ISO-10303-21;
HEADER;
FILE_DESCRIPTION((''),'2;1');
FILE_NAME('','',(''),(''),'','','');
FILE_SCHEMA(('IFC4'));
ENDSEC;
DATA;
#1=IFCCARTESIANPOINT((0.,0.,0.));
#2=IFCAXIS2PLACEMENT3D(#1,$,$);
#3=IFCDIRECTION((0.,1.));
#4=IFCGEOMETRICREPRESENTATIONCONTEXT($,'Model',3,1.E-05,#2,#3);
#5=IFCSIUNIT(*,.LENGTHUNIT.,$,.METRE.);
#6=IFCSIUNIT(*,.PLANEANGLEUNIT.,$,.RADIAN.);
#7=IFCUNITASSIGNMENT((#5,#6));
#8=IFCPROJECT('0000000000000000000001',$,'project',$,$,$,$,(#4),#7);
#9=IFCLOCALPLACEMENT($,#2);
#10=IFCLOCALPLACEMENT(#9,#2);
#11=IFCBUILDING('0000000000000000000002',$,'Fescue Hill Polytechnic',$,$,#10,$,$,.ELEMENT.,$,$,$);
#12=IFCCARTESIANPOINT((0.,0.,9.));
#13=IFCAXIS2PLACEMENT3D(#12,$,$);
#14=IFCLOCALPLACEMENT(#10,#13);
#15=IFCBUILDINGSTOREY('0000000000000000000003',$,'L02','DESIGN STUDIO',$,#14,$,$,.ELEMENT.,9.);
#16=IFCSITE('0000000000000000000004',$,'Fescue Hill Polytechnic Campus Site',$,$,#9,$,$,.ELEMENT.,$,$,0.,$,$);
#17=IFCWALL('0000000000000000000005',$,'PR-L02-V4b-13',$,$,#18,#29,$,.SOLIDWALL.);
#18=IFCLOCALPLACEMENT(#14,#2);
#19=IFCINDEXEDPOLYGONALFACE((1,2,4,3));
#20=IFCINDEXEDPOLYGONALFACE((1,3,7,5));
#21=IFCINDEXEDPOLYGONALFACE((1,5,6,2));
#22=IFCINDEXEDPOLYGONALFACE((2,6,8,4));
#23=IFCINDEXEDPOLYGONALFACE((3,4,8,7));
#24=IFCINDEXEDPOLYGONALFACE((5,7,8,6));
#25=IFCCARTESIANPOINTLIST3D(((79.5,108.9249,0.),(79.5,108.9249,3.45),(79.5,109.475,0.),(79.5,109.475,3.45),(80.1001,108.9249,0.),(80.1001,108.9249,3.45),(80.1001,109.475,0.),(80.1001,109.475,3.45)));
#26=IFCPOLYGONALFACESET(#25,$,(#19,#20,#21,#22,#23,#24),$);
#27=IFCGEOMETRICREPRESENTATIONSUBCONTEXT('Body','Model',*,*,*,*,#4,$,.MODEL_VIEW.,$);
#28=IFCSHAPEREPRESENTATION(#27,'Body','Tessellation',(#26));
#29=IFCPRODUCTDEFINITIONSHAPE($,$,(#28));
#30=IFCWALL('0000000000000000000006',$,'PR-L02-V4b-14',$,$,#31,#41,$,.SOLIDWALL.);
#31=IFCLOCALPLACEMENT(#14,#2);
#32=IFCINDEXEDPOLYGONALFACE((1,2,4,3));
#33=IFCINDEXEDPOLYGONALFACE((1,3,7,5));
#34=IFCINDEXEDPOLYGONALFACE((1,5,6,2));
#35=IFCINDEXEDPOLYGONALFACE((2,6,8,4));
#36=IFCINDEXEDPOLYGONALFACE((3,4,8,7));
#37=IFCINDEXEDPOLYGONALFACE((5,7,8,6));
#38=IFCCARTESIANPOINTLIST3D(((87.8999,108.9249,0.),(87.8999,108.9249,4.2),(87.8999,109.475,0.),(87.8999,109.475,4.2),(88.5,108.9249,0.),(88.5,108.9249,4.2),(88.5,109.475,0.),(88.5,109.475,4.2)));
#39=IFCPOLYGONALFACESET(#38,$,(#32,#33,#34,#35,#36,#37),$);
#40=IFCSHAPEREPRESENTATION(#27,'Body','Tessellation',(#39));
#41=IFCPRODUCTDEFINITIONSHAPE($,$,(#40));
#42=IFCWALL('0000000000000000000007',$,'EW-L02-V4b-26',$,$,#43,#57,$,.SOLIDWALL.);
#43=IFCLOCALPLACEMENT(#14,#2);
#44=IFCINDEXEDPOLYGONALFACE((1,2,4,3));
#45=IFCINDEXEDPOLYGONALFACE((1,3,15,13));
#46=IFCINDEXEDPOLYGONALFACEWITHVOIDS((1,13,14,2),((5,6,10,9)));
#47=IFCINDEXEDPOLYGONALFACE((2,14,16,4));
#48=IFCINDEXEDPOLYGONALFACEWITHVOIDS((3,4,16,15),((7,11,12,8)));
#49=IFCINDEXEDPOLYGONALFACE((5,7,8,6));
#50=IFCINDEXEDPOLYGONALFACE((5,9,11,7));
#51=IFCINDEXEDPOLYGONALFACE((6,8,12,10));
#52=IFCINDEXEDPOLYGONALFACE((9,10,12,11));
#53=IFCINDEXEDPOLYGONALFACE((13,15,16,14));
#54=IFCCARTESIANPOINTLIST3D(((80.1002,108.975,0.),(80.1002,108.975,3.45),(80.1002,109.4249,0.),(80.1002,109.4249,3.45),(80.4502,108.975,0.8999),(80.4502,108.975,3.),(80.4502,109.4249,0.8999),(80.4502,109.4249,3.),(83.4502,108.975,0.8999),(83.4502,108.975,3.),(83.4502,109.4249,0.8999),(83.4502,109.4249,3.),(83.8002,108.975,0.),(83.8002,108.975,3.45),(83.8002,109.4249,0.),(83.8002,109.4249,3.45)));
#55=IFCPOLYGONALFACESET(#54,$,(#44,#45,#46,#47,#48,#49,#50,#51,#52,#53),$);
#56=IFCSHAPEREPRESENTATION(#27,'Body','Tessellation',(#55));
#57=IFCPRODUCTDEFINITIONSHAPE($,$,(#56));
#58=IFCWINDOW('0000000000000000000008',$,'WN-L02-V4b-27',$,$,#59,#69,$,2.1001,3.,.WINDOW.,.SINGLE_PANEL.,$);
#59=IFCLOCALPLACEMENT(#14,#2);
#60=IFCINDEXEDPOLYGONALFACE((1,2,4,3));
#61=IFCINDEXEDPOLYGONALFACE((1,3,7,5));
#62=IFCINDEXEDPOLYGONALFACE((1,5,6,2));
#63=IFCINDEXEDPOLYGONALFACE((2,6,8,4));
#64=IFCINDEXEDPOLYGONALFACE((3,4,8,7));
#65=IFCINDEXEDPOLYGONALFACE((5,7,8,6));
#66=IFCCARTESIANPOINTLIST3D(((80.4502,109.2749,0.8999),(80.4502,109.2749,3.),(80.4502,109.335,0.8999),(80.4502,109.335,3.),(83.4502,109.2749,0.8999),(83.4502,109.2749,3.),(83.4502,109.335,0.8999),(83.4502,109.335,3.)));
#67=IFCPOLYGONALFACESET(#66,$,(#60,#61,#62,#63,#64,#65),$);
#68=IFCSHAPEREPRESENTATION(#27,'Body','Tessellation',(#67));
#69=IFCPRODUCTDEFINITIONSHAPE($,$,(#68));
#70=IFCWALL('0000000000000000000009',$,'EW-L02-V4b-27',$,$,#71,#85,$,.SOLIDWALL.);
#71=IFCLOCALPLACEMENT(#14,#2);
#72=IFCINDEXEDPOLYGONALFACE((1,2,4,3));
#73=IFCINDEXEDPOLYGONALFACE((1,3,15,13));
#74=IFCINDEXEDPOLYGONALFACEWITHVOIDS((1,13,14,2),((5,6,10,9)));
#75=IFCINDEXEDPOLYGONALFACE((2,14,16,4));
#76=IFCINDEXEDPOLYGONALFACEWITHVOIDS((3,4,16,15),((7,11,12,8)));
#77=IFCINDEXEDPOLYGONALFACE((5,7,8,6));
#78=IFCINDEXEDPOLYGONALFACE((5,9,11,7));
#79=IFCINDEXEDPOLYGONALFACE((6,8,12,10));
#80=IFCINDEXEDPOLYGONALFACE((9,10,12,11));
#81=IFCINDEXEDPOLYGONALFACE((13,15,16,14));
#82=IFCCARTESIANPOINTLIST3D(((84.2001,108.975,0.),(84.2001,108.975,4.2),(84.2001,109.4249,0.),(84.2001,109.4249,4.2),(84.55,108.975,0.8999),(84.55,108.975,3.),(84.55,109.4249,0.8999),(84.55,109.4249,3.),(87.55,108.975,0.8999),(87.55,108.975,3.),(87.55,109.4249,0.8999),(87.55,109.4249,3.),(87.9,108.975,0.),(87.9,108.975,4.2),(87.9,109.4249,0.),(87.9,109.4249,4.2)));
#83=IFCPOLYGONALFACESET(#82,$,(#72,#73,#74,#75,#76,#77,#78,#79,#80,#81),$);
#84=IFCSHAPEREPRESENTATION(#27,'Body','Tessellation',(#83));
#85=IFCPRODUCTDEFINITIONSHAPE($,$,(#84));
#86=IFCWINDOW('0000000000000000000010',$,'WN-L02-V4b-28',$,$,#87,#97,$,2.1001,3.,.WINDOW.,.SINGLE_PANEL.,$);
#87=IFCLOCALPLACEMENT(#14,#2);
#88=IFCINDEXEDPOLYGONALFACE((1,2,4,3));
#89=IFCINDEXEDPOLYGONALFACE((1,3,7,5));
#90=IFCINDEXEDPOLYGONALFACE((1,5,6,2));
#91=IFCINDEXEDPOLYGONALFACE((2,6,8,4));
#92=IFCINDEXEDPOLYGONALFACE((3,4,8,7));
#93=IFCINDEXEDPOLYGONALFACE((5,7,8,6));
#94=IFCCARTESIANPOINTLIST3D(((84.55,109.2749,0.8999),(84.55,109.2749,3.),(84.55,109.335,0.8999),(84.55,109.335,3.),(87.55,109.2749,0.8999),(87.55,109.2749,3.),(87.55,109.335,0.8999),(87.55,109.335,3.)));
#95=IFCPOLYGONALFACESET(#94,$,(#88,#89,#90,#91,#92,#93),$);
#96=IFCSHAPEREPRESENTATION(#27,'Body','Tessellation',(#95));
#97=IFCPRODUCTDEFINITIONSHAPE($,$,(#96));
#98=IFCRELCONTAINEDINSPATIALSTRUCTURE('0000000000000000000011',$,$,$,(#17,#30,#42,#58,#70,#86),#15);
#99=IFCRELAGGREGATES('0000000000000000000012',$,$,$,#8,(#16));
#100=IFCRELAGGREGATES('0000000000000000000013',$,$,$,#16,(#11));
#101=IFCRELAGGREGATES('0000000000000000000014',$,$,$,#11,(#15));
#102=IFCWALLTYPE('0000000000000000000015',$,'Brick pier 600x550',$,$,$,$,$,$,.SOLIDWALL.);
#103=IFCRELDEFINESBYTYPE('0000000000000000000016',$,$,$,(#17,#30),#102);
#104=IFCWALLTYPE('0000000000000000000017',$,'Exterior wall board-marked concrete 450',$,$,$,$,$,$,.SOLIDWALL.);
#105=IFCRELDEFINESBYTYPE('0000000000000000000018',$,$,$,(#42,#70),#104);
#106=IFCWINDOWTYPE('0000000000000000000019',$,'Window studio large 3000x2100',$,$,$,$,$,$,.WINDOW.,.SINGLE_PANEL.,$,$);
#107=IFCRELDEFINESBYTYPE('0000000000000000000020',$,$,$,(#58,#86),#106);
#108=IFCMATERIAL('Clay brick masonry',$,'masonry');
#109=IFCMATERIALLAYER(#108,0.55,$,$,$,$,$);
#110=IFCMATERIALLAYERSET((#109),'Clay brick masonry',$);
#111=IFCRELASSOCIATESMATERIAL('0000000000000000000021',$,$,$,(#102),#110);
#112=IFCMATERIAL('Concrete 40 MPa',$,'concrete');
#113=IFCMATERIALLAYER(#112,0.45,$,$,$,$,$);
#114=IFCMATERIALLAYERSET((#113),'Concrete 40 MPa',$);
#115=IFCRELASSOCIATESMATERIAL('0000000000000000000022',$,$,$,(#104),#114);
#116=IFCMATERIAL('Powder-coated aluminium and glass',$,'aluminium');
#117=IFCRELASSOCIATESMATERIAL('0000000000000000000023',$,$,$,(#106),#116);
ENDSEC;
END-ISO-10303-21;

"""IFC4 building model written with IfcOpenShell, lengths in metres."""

from ifc_helpers import new_model, si_unit, direction, frame, frame_2d, origin, place, context, subcontext, project, spatial, rectangle, extrude, material, layer, layer_set, type_object, element, fill, save


model = new_model("IFC4")

# Units and contexts
model_context = context("Model", 3, precision=1e-05, world=origin(), true_north=direction((0.0, 1.0)))
body_context = subcontext(model_context, "Body", "Model", "MODEL_VIEW")
ifc_project = project(units=[si_unit("LENGTHUNIT", "METRE"), si_unit("PLANEANGLEUNIT", "RADIAN")], contexts=[model_context])

# Site, building, storey
site_placement = place(None, origin())
site = spatial("IfcSite", under=ifc_project, at=site_placement, Name="Fescue Hill Polytechnic Campus Site", CompositionType="ELEMENT", RefElevation=0.0)
building_placement = place(site_placement, origin())
building = spatial("IfcBuilding", under=site, at=building_placement, Name="Fescue Hill Polytechnic", CompositionType="ELEMENT")
storey_placement = place(building_placement, frame((0.0, 0.0, 9.0)))
storey = spatial("IfcBuildingStorey", under=building, at=storey_placement, Name="L02", Description="DESIGN STUDIO", CompositionType="ELEMENT", Elevation=9.0)

# Shared definitions
ifc_material_1 = material(Name="Concrete 40 MPa", Category="concrete")

# Walls
ifc_material_2 = material(Name="Clay brick masonry", Category="masonry")
ifc_layer_1 = layer(ifc_material_2, 0.55)
ifc_layer_set_1 = layer_set([ifc_layer_1], Name="Clay brick masonry")
wall_type_1 = type_object("IfcWallType", Name="Brick pier 600x550", PredefinedType="SOLIDWALL", material=ifc_layer_set_1)
wall_1_placement = place(storey_placement, frame((79.5, 109.2, 0.0), z_axis=(0.0, 0.0, 1.0), x_axis=(1.0, 0.0, 0.0)))
element("IfcWall", 1, at=wall_1_placement, inside=storey, type_object=wall_type_1, Name="PR-L02-V4b-13", PredefinedType="SOLIDWALL", context=body_context, shape_type="SweptSolid", body=[
    extrude(rectangle(XDim=0.6001, YDim=0.55, at=frame_2d((0.3, 0.0))), origin(), (0.0, 0.0, 1.0), 3.45),
])
wall_2_placement = place(storey_placement, frame((87.8999, 109.2, 0.0), z_axis=(0.0, 0.0, 1.0), x_axis=(1.0, 0.0, 0.0)))
element("IfcWall", 2, at=wall_2_placement, inside=storey, type_object=wall_type_1, Name="PR-L02-V4b-14", PredefinedType="SOLIDWALL", context=body_context, shape_type="SweptSolid", body=[
    extrude(rectangle(XDim=0.6001, YDim=0.55, at=frame_2d((0.3, 0.0))), origin(), (0.0, 0.0, 1.0), 4.2),
])

# Walls, openings, windows
ifc_layer_2 = layer(ifc_material_1, 0.45)
ifc_layer_set_2 = layer_set([ifc_layer_2], Name="Concrete 40 MPa")
wall_type_2 = type_object("IfcWallType", Name="Exterior wall board-marked concrete 450", PredefinedType="SOLIDWALL", material=ifc_layer_set_2)
wall_3_placement = place(storey_placement, frame((80.1001, 109.2, 0.0), z_axis=(0.0, 0.0, 1.0), x_axis=(1.0, 0.0, 0.0)))
wall_3 = element("IfcWall", 3, at=wall_3_placement, inside=storey, type_object=wall_type_2, Name="EW-L02-V4b-26", PredefinedType="SOLIDWALL", context=body_context, shape_type="SweptSolid", body=[
    extrude(rectangle(XDim=3.7, YDim=0.45, at=frame_2d((1.8501, 0.0))), origin(), (0.0, 0.0, 1.0), 3.45),
])
opening_1_placement = place(wall_3_placement, frame((0.3501, 0.0, 0.8999)))
opening_1 = element("IfcOpeningElement", 4, at=opening_1_placement, cuts=wall_3, PredefinedType="OPENING", context=body_context, shape_type="SweptSolid", body=[
    extrude(rectangle(XDim=3.0, YDim=2.1001, at=frame_2d((1.5, 1.05))), frame((0.0, 0.2349, 0.0), z_axis=(0.0, -1.0, 0.0), x_axis=(1.0, 0.0, 0.0)), (0.0, 0.0, 1.0), 0.47),
])
ifc_material_3 = material(Name="Powder-coated aluminium and glass", Category="aluminium")
window_type = type_object("IfcWindowType", Name="Window studio large 3000x2100", PartitioningType="SINGLE_PANEL", PredefinedType="WINDOW", material=ifc_material_3)
window_1_placement = place(opening_1_placement, origin())
window_1 = element("IfcWindow", 5, at=window_1_placement, inside=storey, type_object=window_type, Name="WN-L02-V4b-27", OverallHeight=2.1001, OverallWidth=3.0, PartitioningType="SINGLE_PANEL", PredefinedType="WINDOW", context=body_context, shape_type="SweptSolid", body=[
    extrude(rectangle(XDim=3.0, YDim=2.1001, at=frame_2d((1.5, 1.05))), frame((0.0, 0.135, 0.0), z_axis=(0.0, -1.0, 0.0), x_axis=(1.0, 0.0, 0.0)), (0.0, 0.0, 1.0), 0.0601),
])
fill(opening_1, window_1)
wall_4_placement = place(storey_placement, frame((84.2, 109.2, 0.0), z_axis=(0.0, 0.0, 1.0), x_axis=(1.0, 0.0, 0.0)))
wall_4 = element("IfcWall", 6, at=wall_4_placement, inside=storey, type_object=wall_type_2, Name="EW-L02-V4b-27", PredefinedType="SOLIDWALL", context=body_context, shape_type="SweptSolid", body=[
    extrude(rectangle(XDim=3.7, YDim=0.45, at=frame_2d((1.8501, 0.0))), origin(), (0.0, 0.0, 1.0), 4.2),
])
opening_2_placement = place(wall_4_placement, frame((0.3501, 0.0, 0.8999)))
opening_2 = element("IfcOpeningElement", 7, at=opening_2_placement, cuts=wall_4, PredefinedType="OPENING", context=body_context, shape_type="SweptSolid", body=[
    extrude(rectangle(XDim=3.0, YDim=2.1001, at=frame_2d((1.5, 1.05))), frame((0.0, 0.2349, 0.0), z_axis=(0.0, -1.0, 0.0), x_axis=(1.0, 0.0, 0.0)), (0.0, 0.0, 1.0), 0.47),
])
window_2_placement = place(opening_2_placement, origin())
window_2 = element("IfcWindow", 8, at=window_2_placement, inside=storey, type_object=window_type, Name="WN-L02-V4b-28", OverallHeight=2.1001, OverallWidth=3.0, PartitioningType="SINGLE_PANEL", PredefinedType="WINDOW", context=body_context, shape_type="SweptSolid", body=[
    extrude(rectangle(XDim=3.0, YDim=2.1001, at=frame_2d((1.5, 1.05))), frame((0.0, 0.135, 0.0), z_axis=(0.0, -1.0, 0.0), x_axis=(1.0, 0.0, 0.0)), (0.0, 0.0, 1.0), 0.0601),
])
fill(opening_2, window_2)

save(model, "model.ifc")
